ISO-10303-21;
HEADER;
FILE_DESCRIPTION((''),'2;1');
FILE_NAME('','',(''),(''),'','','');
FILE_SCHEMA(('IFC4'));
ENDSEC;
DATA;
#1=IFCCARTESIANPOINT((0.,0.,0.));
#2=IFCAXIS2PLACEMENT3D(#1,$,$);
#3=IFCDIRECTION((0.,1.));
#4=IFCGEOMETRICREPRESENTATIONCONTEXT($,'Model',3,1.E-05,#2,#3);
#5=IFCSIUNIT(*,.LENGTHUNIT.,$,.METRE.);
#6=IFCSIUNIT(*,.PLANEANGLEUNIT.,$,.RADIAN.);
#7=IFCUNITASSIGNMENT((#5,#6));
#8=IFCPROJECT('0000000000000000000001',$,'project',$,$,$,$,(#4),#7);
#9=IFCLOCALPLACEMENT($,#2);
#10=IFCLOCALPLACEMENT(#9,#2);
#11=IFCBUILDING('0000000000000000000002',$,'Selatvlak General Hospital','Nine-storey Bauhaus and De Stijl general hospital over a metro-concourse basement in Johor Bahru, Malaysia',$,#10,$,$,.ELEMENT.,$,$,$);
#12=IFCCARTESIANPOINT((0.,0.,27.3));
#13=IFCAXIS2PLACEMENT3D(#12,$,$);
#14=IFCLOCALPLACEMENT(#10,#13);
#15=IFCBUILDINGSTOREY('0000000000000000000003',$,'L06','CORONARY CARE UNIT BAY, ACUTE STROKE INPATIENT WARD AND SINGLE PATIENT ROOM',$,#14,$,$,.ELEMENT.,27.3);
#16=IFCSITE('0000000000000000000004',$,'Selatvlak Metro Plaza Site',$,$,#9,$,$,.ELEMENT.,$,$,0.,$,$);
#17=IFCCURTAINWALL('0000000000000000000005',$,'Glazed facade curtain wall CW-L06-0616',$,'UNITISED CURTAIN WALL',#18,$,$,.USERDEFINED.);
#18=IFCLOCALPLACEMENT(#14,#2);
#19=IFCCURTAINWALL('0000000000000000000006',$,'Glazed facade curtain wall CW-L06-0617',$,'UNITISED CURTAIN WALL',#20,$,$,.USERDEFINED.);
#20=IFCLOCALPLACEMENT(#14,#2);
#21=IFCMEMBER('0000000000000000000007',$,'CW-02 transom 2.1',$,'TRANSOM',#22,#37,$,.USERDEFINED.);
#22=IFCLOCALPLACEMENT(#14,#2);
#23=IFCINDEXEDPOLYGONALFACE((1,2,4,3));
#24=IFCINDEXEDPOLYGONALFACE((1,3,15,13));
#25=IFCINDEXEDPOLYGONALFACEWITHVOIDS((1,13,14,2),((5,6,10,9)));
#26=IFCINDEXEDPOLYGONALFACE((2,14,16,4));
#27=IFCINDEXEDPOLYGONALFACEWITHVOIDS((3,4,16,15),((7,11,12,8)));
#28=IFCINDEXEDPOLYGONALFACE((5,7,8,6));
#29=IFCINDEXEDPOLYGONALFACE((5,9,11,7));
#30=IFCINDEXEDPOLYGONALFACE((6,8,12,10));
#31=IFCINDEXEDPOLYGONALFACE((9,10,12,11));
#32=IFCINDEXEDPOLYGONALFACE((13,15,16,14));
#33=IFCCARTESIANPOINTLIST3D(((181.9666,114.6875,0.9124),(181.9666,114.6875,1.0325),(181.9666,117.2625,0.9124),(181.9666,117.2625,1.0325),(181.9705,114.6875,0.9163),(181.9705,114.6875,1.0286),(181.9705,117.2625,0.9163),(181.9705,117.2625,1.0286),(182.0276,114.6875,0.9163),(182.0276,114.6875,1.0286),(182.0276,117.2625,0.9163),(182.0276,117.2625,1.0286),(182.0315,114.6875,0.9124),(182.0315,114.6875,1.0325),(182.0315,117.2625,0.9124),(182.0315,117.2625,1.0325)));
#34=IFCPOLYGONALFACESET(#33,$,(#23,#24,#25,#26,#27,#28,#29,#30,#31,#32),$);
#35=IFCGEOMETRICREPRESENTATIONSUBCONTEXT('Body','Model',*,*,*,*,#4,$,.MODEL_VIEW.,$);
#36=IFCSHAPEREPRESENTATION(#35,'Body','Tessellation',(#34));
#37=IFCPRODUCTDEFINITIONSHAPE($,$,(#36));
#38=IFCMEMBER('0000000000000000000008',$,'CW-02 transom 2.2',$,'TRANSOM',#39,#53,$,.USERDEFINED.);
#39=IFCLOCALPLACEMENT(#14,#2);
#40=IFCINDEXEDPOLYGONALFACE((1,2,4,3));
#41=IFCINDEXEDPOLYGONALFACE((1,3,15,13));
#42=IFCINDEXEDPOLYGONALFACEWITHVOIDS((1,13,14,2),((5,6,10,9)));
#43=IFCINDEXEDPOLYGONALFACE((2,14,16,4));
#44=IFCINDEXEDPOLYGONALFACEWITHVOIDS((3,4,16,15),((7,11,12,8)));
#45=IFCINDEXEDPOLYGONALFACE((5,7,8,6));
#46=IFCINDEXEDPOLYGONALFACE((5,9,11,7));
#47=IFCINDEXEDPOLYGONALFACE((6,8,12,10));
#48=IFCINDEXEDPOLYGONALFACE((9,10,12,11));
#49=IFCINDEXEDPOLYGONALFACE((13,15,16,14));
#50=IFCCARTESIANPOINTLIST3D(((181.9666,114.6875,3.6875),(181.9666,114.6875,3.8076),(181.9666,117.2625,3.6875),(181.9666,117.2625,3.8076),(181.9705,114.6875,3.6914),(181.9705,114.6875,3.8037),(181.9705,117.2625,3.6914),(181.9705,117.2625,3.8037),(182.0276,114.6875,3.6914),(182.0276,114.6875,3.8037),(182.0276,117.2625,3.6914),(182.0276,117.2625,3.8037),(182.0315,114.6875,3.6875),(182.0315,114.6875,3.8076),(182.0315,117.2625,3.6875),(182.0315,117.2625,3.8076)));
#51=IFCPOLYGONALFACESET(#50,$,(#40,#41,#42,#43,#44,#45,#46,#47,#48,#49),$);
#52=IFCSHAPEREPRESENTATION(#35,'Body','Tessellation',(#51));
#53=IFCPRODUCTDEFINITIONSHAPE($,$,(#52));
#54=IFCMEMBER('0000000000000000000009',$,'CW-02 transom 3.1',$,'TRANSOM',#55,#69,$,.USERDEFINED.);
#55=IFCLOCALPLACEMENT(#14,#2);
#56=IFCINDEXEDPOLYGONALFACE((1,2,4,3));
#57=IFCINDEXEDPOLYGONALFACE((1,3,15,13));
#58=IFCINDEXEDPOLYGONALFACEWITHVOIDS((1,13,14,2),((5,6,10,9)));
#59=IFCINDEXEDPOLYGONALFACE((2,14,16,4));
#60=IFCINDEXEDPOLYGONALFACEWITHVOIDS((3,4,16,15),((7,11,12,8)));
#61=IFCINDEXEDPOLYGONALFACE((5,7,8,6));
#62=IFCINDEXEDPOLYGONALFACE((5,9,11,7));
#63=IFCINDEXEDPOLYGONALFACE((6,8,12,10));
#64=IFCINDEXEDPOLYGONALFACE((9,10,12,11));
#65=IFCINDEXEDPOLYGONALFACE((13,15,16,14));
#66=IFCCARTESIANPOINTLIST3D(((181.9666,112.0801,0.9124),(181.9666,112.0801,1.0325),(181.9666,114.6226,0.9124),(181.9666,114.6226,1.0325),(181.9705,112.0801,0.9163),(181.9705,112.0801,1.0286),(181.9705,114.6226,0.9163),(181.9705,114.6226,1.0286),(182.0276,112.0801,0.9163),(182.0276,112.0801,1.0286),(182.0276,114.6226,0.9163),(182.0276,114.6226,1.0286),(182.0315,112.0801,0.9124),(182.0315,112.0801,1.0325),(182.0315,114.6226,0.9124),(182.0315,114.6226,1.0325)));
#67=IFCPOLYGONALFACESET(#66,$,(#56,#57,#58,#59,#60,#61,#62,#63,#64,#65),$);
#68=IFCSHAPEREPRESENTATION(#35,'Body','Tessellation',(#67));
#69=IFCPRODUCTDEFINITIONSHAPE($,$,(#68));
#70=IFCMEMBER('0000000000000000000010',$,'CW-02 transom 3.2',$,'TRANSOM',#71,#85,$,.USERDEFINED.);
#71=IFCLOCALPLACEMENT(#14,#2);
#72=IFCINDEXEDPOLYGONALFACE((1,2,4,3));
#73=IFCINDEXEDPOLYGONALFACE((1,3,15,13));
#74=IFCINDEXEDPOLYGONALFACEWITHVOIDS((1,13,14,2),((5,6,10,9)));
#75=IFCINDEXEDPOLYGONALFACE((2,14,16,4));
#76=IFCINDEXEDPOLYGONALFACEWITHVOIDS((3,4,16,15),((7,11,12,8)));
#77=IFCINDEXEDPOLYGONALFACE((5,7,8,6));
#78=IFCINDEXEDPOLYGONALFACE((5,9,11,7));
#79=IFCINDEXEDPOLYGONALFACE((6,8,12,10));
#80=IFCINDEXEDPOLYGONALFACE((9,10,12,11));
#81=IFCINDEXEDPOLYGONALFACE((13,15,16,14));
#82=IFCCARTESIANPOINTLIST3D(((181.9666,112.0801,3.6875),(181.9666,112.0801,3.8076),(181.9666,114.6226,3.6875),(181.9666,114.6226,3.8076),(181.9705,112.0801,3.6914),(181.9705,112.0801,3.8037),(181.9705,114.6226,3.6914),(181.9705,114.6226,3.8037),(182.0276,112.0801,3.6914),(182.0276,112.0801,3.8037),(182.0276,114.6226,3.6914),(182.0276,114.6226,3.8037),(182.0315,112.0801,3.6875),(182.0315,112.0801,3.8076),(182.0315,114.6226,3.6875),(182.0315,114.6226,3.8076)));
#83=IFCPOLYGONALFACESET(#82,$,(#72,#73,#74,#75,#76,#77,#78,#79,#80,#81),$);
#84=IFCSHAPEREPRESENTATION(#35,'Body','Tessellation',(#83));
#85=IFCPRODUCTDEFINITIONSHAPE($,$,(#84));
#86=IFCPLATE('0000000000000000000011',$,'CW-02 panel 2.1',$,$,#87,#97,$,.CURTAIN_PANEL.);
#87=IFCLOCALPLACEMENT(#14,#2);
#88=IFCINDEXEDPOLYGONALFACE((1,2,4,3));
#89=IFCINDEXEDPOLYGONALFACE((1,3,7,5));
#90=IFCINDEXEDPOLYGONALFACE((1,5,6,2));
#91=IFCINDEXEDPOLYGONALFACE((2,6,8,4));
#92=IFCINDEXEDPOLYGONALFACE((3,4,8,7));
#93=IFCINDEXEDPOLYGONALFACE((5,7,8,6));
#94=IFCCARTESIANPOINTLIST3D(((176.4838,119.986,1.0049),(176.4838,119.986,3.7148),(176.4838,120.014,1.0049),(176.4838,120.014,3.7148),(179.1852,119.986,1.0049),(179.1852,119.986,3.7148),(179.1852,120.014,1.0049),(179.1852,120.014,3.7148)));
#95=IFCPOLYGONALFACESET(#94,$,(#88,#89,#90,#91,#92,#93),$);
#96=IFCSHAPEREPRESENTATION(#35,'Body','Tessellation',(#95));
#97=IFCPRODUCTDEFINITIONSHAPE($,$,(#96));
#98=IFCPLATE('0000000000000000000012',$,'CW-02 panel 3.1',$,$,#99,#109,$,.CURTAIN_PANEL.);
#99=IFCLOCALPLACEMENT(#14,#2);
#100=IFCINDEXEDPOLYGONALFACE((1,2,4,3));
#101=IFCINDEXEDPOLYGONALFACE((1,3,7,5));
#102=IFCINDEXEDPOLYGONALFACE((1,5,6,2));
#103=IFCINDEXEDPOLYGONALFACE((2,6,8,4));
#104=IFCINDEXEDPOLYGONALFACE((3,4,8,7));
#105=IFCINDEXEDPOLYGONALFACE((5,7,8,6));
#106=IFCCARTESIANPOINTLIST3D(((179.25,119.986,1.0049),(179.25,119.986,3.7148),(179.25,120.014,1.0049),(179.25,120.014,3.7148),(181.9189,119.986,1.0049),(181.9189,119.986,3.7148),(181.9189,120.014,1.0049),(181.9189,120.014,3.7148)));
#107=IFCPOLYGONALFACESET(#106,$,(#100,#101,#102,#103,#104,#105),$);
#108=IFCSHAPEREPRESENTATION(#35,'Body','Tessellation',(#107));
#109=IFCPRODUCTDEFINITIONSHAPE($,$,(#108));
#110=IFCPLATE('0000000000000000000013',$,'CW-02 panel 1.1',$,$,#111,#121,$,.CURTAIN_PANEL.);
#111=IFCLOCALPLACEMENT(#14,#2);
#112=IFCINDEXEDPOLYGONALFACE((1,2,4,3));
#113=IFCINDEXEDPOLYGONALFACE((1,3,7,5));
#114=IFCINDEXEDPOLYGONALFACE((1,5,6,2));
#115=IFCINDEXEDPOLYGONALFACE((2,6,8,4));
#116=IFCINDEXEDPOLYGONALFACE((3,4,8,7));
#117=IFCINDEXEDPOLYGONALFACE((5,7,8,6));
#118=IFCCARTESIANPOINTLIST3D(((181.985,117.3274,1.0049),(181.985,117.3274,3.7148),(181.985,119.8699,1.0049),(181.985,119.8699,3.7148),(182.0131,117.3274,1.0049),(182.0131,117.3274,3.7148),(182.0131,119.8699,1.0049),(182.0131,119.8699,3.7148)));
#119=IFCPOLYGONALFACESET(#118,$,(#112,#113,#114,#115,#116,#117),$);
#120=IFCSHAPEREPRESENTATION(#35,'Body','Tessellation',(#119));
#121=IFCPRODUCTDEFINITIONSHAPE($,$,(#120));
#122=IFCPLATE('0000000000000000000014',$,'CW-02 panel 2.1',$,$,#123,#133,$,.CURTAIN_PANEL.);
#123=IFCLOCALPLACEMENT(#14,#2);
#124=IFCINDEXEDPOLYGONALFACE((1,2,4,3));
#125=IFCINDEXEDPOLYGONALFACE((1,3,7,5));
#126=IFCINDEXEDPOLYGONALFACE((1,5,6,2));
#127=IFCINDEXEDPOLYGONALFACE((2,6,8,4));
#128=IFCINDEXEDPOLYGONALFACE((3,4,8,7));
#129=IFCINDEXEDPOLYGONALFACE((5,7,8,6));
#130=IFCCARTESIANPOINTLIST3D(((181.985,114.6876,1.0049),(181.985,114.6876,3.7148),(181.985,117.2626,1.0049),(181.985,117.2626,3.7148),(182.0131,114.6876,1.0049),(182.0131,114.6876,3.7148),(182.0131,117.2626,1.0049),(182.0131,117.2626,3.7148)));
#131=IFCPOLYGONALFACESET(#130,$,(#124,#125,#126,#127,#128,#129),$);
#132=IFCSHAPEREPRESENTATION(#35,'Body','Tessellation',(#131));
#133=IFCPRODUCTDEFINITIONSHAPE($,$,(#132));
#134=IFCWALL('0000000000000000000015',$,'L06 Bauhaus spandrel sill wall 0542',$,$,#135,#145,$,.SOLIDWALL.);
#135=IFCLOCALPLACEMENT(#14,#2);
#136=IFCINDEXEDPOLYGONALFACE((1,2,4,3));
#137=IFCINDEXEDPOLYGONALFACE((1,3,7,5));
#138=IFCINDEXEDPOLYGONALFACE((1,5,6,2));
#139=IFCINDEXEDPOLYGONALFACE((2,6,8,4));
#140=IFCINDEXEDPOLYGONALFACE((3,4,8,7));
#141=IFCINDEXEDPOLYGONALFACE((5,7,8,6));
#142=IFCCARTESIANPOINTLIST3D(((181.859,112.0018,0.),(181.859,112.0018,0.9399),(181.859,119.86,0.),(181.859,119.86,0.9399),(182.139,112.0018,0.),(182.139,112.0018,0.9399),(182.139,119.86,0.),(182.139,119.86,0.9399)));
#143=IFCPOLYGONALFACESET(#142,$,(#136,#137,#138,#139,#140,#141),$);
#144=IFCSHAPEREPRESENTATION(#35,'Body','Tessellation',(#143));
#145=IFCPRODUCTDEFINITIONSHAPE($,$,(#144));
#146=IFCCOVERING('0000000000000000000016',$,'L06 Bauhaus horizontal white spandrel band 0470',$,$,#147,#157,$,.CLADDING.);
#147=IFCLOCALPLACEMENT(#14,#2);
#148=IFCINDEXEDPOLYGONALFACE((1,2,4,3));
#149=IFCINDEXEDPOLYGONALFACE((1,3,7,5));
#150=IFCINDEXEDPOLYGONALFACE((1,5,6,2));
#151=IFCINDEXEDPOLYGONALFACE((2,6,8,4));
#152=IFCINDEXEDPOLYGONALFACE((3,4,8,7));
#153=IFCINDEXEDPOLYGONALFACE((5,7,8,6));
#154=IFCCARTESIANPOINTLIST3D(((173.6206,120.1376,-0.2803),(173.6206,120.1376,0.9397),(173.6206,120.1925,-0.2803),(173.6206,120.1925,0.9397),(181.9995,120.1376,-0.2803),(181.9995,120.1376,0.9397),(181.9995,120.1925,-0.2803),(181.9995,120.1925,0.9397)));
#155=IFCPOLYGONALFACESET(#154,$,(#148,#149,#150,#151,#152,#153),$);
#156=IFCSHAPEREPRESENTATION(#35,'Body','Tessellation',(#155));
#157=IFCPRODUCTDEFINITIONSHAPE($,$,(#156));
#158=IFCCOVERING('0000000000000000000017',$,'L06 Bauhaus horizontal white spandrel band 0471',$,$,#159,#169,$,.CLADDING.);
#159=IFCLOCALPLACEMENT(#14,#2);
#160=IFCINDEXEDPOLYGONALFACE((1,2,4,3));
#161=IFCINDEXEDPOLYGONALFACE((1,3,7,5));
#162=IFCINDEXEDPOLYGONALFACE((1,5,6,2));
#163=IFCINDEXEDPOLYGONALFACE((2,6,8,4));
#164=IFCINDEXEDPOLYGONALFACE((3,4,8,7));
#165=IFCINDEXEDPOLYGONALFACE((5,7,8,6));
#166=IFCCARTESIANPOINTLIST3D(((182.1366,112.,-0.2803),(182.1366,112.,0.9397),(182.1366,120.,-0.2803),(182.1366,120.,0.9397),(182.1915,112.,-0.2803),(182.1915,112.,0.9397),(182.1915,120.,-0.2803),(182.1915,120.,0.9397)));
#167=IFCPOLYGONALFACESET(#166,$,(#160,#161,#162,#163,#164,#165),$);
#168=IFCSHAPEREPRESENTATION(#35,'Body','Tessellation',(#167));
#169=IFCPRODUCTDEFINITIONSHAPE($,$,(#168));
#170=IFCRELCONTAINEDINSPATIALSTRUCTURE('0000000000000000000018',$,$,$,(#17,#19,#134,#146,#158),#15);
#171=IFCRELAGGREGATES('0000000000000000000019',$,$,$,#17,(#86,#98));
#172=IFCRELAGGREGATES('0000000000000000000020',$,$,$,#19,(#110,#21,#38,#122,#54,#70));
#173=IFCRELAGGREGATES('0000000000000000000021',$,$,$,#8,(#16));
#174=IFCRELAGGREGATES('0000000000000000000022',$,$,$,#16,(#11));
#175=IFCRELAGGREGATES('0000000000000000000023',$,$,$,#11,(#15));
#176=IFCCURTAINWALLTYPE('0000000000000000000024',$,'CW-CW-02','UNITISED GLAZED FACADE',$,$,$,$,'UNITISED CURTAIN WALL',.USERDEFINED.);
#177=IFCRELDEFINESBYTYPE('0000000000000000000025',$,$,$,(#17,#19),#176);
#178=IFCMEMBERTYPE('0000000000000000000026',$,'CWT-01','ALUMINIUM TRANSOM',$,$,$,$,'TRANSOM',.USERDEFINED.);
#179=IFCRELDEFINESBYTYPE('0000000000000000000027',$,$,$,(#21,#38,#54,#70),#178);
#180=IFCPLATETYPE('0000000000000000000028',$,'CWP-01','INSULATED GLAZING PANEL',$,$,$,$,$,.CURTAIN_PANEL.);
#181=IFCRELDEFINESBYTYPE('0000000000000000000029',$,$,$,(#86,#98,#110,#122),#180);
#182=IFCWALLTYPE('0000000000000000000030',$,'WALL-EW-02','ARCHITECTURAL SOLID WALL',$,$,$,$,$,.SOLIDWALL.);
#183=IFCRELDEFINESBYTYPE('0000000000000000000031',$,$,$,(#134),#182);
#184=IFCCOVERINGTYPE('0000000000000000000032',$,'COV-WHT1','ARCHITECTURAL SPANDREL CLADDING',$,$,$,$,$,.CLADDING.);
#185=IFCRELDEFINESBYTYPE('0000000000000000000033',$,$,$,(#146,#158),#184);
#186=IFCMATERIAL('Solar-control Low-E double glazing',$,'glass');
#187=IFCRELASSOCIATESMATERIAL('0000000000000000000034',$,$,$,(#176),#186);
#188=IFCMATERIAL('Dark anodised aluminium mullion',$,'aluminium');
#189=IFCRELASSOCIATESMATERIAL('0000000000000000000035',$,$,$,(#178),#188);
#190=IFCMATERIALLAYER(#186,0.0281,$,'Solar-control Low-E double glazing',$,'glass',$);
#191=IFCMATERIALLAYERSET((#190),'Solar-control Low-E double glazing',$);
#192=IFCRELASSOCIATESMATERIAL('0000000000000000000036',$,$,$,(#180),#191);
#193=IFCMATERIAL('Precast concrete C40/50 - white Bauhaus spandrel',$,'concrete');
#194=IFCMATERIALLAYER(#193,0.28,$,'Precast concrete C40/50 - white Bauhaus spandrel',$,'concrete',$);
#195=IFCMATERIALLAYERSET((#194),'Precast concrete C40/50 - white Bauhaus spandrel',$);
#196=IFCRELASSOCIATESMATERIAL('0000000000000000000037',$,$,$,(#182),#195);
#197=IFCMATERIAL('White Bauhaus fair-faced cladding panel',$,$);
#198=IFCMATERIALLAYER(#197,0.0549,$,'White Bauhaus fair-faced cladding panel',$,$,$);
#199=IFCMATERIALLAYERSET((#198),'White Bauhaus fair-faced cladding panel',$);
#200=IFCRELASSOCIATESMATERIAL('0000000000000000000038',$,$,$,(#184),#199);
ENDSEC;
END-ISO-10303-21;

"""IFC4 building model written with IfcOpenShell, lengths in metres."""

from ifc_helpers import new_model, si_unit, direction, frame, frame_2d, origin, origin_2d, place, context, subcontext, project, spatial, rectangle, hollow_rectangle, extrude, material, layer, layer_set, material_profile, profile_set, type_object, element, aggregate, save


model = new_model("IFC4")

# Units and contexts
model_context = context("Model", 3, precision=1e-05, world=origin(), true_north=direction((0.0, 1.0)))
body_context = subcontext(model_context, "Body", "Model", "MODEL_VIEW")
ifc_project = project(units=[si_unit("LENGTHUNIT", "METRE"), si_unit("PLANEANGLEUNIT", "RADIAN")], contexts=[model_context])

# Site, building, storey
site_placement = place(None, origin())
site = spatial("IfcSite", under=ifc_project, at=site_placement, Name="Selatvlak Metro Plaza Site", CompositionType="ELEMENT", RefElevation=0.0)
building_placement = place(site_placement, origin())
building = spatial("IfcBuilding", under=site, at=building_placement, Name="Selatvlak General Hospital", Description="Nine-storey Bauhaus and De Stijl general hospital over a metro-concourse basement in Johor Bahru, Malaysia", CompositionType="ELEMENT")
storey_placement = place(building_placement, frame((0.0, 0.0, 27.3)))
storey = spatial("IfcBuildingStorey", under=building, at=storey_placement, Name="L06", Description="CORONARY CARE UNIT BAY, ACUTE STROKE INPATIENT WARD AND SINGLE PATIENT ROOM", CompositionType="ELEMENT", Elevation=27.3)

# Curtain walls
ifc_material_1 = material(Name="Solar-control Low-E double glazing", Category="glass")
curtain_wall_type = type_object("IfcCurtainWallType", Name="CW-CW-02", Description="UNITISED GLAZED FACADE", ElementType="UNITISED CURTAIN WALL", PredefinedType="USERDEFINED", material=ifc_material_1)
curtain_wall_1_placement = place(storey_placement, origin())
curtain_wall_1 = element("IfcCurtainWall", 1, at=curtain_wall_1_placement, inside=storey, type_object=curtain_wall_type, Name="Glazed facade curtain wall CW-L06-0616", ObjectType="UNITISED CURTAIN WALL", PredefinedType="USERDEFINED")
ifc_material_2 = material(Name="Dark anodised aluminium mullion", Category="aluminium")
curtain_wall_2_placement = place(storey_placement, origin())
curtain_wall_2 = element("IfcCurtainWall", 2, at=curtain_wall_2_placement, inside=storey, type_object=curtain_wall_type, Name="Glazed facade curtain wall CW-L06-0617", ObjectType="UNITISED CURTAIN WALL", PredefinedType="USERDEFINED")

# Members
ifc_material_profile_1 = material_profile(ifc_material_2, hollow_rectangle(XDim=0.0649, YDim=0.1201, WallThickness=0.0039, at=origin_2d()), Name="AL-TRN 65x120x4")
ifc_profile_set_1 = profile_set([ifc_material_profile_1], Name="Dark anodised aluminium mullion")
member_type_1 = type_object("IfcMemberType", Name="CWT-01", Description="ALUMINIUM TRANSOM", ElementType="TRANSOM", PredefinedType="USERDEFINED", material=ifc_profile_set_1)
member_1_placement = place(storey_placement, frame((181.999, 117.2625, 0.9724), z_axis=(0.0, -1.0, 0.0), x_axis=(1.0, 0.0, 0.0)))
member_1 = element("IfcMember", 3, at=member_1_placement, type_object=member_type_1, Name="CW-02 transom 2.1", ObjectType="TRANSOM", PredefinedType="USERDEFINED", context=body_context, shape_type="SweptSolid", body=[
    extrude(hollow_rectangle(XDim=0.0649, YDim=0.1201, WallThickness=0.0039, at=origin_2d()), origin(), (0.0, 0.0, 1.0), 2.575),
])
member_2_placement = place(storey_placement, frame((181.999, 117.2625, 3.7476), z_axis=(0.0, -1.0, 0.0), x_axis=(1.0, 0.0, 0.0)))
member_2 = element("IfcMember", 4, at=member_2_placement, type_object=member_type_1, Name="CW-02 transom 2.2", ObjectType="TRANSOM", PredefinedType="USERDEFINED", context=body_context, shape_type="SweptSolid", body=[
    extrude(hollow_rectangle(XDim=0.0649, YDim=0.1201, WallThickness=0.0039, at=origin_2d()), origin(), (0.0, 0.0, 1.0), 2.575),
])
member_3_placement = place(storey_placement, frame((181.999, 114.6226, 0.9724), z_axis=(0.0, -1.0, 0.0), x_axis=(1.0, 0.0, 0.0)))
member_3 = element("IfcMember", 5, at=member_3_placement, type_object=member_type_1, Name="CW-02 transom 3.1", ObjectType="TRANSOM", PredefinedType="USERDEFINED", context=body_context, shape_type="SweptSolid", body=[
    extrude(hollow_rectangle(XDim=0.0649, YDim=0.1201, WallThickness=0.0039, at=origin_2d()), origin(), (0.0, 0.0, 1.0), 2.5425),
])
member_4_placement = place(storey_placement, frame((181.999, 114.6226, 3.7476), z_axis=(0.0, -1.0, 0.0), x_axis=(1.0, 0.0, 0.0)))
member_4 = element("IfcMember", 6, at=member_4_placement, type_object=member_type_1, Name="CW-02 transom 3.2", ObjectType="TRANSOM", PredefinedType="USERDEFINED", context=body_context, shape_type="SweptSolid", body=[
    extrude(hollow_rectangle(XDim=0.0649, YDim=0.1201, WallThickness=0.0039, at=origin_2d()), origin(), (0.0, 0.0, 1.0), 2.5425),
])

# Plates
ifc_layer_1 = layer(ifc_material_1, 0.0281, Name="Solar-control Low-E double glazing", Category="glass")
ifc_layer_set_1 = layer_set([ifc_layer_1], Name="Solar-control Low-E double glazing")
plate_type = type_object("IfcPlateType", Name="CWP-01", Description="INSULATED GLAZING PANEL", PredefinedType="CURTAIN_PANEL", material=ifc_layer_set_1)
plate_1_placement = place(storey_placement, frame((177.8345, 120.0, 1.0049), z_axis=(0.0, 0.0, 1.0), x_axis=(1.0, 0.0, 0.0)))
plate_1 = element("IfcPlate", 7, at=plate_1_placement, type_object=plate_type, Name="CW-02 panel 2.1", PredefinedType="CURTAIN_PANEL", context=body_context, shape_type="SweptSolid", body=[
    extrude(rectangle(XDim=2.7014, YDim=0.0281, at=origin_2d()), origin(), (0.0, 0.0, 1.0), 2.71),
])
plate_2_placement = place(storey_placement, frame((180.5845, 120.0, 1.0049), z_axis=(0.0, 0.0, 1.0), x_axis=(1.0, 0.0, 0.0)))
plate_2 = element("IfcPlate", 8, at=plate_2_placement, type_object=plate_type, Name="CW-02 panel 3.1", PredefinedType="CURTAIN_PANEL", context=body_context, shape_type="SweptSolid", body=[
    extrude(rectangle(XDim=2.6689, YDim=0.0281, at=origin_2d()), origin(), (0.0, 0.0, 1.0), 2.71),
])
aggregate(curtain_wall_1, [plate_1, plate_2])
plate_3_placement = place(storey_placement, frame((181.999, 118.5986, 1.0049), z_axis=(0.0, 0.0, 1.0), x_axis=(0.0, -1.0, 0.0)))
plate_3 = element("IfcPlate", 9, at=plate_3_placement, type_object=plate_type, Name="CW-02 panel 1.1", PredefinedType="CURTAIN_PANEL", context=body_context, shape_type="SweptSolid", body=[
    extrude(rectangle(XDim=2.5425, YDim=0.0281, at=origin_2d()), origin(), (0.0, 0.0, 1.0), 2.71),
])
plate_4_placement = place(storey_placement, frame((181.999, 115.9751, 1.0049), z_axis=(0.0, 0.0, 1.0), x_axis=(0.0, -1.0, 0.0)))
plate_4 = element("IfcPlate", 10, at=plate_4_placement, type_object=plate_type, Name="CW-02 panel 2.1", PredefinedType="CURTAIN_PANEL", context=body_context, shape_type="SweptSolid", body=[
    extrude(rectangle(XDim=2.575, YDim=0.0281, at=origin_2d()), origin(), (0.0, 0.0, 1.0), 2.71),
])
aggregate(curtain_wall_2, [plate_3, member_1, member_2, plate_4, member_3, member_4])

# Wall
ifc_material_3 = material(Name="Precast concrete C40/50 - white Bauhaus spandrel", Category="concrete")
ifc_layer_2 = layer(ifc_material_3, 0.28, Name="Precast concrete C40/50 - white Bauhaus spandrel", Category="concrete")
ifc_layer_set_2 = layer_set([ifc_layer_2], Name="Precast concrete C40/50 - white Bauhaus spandrel")
wall_type = type_object("IfcWallType", Name="WALL-EW-02", Description="ARCHITECTURAL SOLID WALL", PredefinedType="SOLIDWALL", material=ifc_layer_set_2)
wall_placement = place(storey_placement, frame((181.999, 119.8601, 0.0), z_axis=(0.0, 0.0, 1.0), x_axis=(0.0, -1.0, 0.0)))
element("IfcWall", 11, at=wall_placement, inside=storey, type_object=wall_type, Name="L06 Bauhaus spandrel sill wall 0542", PredefinedType="SOLIDWALL", context=body_context, shape_type="SweptSolid", body=[
    extrude(rectangle(XDim=7.8582, YDim=0.28, at=frame_2d((3.9292, 0.0))), origin(), (0.0, 0.0, 1.0), 0.9399),
])

# Coverings
ifc_material_4 = material(Name="White Bauhaus fair-faced cladding panel")
ifc_layer_3 = layer(ifc_material_4, 0.0549, Name="White Bauhaus fair-faced cladding panel")
ifc_layer_set_3 = layer_set([ifc_layer_3], Name="White Bauhaus fair-faced cladding panel")
covering_type = type_object("IfcCoveringType", Name="COV-WHT1", Description="ARCHITECTURAL SPANDREL CLADDING", PredefinedType="CLADDING", material=ifc_layer_set_3)
covering_1_placement = place(storey_placement, frame((177.8101, 120.165, -0.2803), z_axis=(0.0, 0.0, 1.0), x_axis=(1.0, 0.0, 0.0)))
element("IfcCovering", 12, at=covering_1_placement, inside=storey, type_object=covering_type, Name="L06 Bauhaus horizontal white spandrel band 0470", PredefinedType="CLADDING", context=body_context, shape_type="SweptSolid", body=[
    extrude(rectangle(XDim=8.3789, YDim=0.0549, at=origin_2d()), origin(), (0.0, 0.0, 1.0), 1.22),
])
covering_2_placement = place(storey_placement, frame((182.1641, 116.0, -0.2803), z_axis=(0.0, 0.0, 1.0), x_axis=(0.0, -1.0, 0.0)))
element("IfcCovering", 13, at=covering_2_placement, inside=storey, type_object=covering_type, Name="L06 Bauhaus horizontal white spandrel band 0471", PredefinedType="CLADDING", context=body_context, shape_type="SweptSolid", body=[
    extrude(rectangle(XDim=8.0, YDim=0.0549, at=origin_2d()), origin(), (0.0, 0.0, 1.0), 1.22),
])

save(model, "model.ifc")
